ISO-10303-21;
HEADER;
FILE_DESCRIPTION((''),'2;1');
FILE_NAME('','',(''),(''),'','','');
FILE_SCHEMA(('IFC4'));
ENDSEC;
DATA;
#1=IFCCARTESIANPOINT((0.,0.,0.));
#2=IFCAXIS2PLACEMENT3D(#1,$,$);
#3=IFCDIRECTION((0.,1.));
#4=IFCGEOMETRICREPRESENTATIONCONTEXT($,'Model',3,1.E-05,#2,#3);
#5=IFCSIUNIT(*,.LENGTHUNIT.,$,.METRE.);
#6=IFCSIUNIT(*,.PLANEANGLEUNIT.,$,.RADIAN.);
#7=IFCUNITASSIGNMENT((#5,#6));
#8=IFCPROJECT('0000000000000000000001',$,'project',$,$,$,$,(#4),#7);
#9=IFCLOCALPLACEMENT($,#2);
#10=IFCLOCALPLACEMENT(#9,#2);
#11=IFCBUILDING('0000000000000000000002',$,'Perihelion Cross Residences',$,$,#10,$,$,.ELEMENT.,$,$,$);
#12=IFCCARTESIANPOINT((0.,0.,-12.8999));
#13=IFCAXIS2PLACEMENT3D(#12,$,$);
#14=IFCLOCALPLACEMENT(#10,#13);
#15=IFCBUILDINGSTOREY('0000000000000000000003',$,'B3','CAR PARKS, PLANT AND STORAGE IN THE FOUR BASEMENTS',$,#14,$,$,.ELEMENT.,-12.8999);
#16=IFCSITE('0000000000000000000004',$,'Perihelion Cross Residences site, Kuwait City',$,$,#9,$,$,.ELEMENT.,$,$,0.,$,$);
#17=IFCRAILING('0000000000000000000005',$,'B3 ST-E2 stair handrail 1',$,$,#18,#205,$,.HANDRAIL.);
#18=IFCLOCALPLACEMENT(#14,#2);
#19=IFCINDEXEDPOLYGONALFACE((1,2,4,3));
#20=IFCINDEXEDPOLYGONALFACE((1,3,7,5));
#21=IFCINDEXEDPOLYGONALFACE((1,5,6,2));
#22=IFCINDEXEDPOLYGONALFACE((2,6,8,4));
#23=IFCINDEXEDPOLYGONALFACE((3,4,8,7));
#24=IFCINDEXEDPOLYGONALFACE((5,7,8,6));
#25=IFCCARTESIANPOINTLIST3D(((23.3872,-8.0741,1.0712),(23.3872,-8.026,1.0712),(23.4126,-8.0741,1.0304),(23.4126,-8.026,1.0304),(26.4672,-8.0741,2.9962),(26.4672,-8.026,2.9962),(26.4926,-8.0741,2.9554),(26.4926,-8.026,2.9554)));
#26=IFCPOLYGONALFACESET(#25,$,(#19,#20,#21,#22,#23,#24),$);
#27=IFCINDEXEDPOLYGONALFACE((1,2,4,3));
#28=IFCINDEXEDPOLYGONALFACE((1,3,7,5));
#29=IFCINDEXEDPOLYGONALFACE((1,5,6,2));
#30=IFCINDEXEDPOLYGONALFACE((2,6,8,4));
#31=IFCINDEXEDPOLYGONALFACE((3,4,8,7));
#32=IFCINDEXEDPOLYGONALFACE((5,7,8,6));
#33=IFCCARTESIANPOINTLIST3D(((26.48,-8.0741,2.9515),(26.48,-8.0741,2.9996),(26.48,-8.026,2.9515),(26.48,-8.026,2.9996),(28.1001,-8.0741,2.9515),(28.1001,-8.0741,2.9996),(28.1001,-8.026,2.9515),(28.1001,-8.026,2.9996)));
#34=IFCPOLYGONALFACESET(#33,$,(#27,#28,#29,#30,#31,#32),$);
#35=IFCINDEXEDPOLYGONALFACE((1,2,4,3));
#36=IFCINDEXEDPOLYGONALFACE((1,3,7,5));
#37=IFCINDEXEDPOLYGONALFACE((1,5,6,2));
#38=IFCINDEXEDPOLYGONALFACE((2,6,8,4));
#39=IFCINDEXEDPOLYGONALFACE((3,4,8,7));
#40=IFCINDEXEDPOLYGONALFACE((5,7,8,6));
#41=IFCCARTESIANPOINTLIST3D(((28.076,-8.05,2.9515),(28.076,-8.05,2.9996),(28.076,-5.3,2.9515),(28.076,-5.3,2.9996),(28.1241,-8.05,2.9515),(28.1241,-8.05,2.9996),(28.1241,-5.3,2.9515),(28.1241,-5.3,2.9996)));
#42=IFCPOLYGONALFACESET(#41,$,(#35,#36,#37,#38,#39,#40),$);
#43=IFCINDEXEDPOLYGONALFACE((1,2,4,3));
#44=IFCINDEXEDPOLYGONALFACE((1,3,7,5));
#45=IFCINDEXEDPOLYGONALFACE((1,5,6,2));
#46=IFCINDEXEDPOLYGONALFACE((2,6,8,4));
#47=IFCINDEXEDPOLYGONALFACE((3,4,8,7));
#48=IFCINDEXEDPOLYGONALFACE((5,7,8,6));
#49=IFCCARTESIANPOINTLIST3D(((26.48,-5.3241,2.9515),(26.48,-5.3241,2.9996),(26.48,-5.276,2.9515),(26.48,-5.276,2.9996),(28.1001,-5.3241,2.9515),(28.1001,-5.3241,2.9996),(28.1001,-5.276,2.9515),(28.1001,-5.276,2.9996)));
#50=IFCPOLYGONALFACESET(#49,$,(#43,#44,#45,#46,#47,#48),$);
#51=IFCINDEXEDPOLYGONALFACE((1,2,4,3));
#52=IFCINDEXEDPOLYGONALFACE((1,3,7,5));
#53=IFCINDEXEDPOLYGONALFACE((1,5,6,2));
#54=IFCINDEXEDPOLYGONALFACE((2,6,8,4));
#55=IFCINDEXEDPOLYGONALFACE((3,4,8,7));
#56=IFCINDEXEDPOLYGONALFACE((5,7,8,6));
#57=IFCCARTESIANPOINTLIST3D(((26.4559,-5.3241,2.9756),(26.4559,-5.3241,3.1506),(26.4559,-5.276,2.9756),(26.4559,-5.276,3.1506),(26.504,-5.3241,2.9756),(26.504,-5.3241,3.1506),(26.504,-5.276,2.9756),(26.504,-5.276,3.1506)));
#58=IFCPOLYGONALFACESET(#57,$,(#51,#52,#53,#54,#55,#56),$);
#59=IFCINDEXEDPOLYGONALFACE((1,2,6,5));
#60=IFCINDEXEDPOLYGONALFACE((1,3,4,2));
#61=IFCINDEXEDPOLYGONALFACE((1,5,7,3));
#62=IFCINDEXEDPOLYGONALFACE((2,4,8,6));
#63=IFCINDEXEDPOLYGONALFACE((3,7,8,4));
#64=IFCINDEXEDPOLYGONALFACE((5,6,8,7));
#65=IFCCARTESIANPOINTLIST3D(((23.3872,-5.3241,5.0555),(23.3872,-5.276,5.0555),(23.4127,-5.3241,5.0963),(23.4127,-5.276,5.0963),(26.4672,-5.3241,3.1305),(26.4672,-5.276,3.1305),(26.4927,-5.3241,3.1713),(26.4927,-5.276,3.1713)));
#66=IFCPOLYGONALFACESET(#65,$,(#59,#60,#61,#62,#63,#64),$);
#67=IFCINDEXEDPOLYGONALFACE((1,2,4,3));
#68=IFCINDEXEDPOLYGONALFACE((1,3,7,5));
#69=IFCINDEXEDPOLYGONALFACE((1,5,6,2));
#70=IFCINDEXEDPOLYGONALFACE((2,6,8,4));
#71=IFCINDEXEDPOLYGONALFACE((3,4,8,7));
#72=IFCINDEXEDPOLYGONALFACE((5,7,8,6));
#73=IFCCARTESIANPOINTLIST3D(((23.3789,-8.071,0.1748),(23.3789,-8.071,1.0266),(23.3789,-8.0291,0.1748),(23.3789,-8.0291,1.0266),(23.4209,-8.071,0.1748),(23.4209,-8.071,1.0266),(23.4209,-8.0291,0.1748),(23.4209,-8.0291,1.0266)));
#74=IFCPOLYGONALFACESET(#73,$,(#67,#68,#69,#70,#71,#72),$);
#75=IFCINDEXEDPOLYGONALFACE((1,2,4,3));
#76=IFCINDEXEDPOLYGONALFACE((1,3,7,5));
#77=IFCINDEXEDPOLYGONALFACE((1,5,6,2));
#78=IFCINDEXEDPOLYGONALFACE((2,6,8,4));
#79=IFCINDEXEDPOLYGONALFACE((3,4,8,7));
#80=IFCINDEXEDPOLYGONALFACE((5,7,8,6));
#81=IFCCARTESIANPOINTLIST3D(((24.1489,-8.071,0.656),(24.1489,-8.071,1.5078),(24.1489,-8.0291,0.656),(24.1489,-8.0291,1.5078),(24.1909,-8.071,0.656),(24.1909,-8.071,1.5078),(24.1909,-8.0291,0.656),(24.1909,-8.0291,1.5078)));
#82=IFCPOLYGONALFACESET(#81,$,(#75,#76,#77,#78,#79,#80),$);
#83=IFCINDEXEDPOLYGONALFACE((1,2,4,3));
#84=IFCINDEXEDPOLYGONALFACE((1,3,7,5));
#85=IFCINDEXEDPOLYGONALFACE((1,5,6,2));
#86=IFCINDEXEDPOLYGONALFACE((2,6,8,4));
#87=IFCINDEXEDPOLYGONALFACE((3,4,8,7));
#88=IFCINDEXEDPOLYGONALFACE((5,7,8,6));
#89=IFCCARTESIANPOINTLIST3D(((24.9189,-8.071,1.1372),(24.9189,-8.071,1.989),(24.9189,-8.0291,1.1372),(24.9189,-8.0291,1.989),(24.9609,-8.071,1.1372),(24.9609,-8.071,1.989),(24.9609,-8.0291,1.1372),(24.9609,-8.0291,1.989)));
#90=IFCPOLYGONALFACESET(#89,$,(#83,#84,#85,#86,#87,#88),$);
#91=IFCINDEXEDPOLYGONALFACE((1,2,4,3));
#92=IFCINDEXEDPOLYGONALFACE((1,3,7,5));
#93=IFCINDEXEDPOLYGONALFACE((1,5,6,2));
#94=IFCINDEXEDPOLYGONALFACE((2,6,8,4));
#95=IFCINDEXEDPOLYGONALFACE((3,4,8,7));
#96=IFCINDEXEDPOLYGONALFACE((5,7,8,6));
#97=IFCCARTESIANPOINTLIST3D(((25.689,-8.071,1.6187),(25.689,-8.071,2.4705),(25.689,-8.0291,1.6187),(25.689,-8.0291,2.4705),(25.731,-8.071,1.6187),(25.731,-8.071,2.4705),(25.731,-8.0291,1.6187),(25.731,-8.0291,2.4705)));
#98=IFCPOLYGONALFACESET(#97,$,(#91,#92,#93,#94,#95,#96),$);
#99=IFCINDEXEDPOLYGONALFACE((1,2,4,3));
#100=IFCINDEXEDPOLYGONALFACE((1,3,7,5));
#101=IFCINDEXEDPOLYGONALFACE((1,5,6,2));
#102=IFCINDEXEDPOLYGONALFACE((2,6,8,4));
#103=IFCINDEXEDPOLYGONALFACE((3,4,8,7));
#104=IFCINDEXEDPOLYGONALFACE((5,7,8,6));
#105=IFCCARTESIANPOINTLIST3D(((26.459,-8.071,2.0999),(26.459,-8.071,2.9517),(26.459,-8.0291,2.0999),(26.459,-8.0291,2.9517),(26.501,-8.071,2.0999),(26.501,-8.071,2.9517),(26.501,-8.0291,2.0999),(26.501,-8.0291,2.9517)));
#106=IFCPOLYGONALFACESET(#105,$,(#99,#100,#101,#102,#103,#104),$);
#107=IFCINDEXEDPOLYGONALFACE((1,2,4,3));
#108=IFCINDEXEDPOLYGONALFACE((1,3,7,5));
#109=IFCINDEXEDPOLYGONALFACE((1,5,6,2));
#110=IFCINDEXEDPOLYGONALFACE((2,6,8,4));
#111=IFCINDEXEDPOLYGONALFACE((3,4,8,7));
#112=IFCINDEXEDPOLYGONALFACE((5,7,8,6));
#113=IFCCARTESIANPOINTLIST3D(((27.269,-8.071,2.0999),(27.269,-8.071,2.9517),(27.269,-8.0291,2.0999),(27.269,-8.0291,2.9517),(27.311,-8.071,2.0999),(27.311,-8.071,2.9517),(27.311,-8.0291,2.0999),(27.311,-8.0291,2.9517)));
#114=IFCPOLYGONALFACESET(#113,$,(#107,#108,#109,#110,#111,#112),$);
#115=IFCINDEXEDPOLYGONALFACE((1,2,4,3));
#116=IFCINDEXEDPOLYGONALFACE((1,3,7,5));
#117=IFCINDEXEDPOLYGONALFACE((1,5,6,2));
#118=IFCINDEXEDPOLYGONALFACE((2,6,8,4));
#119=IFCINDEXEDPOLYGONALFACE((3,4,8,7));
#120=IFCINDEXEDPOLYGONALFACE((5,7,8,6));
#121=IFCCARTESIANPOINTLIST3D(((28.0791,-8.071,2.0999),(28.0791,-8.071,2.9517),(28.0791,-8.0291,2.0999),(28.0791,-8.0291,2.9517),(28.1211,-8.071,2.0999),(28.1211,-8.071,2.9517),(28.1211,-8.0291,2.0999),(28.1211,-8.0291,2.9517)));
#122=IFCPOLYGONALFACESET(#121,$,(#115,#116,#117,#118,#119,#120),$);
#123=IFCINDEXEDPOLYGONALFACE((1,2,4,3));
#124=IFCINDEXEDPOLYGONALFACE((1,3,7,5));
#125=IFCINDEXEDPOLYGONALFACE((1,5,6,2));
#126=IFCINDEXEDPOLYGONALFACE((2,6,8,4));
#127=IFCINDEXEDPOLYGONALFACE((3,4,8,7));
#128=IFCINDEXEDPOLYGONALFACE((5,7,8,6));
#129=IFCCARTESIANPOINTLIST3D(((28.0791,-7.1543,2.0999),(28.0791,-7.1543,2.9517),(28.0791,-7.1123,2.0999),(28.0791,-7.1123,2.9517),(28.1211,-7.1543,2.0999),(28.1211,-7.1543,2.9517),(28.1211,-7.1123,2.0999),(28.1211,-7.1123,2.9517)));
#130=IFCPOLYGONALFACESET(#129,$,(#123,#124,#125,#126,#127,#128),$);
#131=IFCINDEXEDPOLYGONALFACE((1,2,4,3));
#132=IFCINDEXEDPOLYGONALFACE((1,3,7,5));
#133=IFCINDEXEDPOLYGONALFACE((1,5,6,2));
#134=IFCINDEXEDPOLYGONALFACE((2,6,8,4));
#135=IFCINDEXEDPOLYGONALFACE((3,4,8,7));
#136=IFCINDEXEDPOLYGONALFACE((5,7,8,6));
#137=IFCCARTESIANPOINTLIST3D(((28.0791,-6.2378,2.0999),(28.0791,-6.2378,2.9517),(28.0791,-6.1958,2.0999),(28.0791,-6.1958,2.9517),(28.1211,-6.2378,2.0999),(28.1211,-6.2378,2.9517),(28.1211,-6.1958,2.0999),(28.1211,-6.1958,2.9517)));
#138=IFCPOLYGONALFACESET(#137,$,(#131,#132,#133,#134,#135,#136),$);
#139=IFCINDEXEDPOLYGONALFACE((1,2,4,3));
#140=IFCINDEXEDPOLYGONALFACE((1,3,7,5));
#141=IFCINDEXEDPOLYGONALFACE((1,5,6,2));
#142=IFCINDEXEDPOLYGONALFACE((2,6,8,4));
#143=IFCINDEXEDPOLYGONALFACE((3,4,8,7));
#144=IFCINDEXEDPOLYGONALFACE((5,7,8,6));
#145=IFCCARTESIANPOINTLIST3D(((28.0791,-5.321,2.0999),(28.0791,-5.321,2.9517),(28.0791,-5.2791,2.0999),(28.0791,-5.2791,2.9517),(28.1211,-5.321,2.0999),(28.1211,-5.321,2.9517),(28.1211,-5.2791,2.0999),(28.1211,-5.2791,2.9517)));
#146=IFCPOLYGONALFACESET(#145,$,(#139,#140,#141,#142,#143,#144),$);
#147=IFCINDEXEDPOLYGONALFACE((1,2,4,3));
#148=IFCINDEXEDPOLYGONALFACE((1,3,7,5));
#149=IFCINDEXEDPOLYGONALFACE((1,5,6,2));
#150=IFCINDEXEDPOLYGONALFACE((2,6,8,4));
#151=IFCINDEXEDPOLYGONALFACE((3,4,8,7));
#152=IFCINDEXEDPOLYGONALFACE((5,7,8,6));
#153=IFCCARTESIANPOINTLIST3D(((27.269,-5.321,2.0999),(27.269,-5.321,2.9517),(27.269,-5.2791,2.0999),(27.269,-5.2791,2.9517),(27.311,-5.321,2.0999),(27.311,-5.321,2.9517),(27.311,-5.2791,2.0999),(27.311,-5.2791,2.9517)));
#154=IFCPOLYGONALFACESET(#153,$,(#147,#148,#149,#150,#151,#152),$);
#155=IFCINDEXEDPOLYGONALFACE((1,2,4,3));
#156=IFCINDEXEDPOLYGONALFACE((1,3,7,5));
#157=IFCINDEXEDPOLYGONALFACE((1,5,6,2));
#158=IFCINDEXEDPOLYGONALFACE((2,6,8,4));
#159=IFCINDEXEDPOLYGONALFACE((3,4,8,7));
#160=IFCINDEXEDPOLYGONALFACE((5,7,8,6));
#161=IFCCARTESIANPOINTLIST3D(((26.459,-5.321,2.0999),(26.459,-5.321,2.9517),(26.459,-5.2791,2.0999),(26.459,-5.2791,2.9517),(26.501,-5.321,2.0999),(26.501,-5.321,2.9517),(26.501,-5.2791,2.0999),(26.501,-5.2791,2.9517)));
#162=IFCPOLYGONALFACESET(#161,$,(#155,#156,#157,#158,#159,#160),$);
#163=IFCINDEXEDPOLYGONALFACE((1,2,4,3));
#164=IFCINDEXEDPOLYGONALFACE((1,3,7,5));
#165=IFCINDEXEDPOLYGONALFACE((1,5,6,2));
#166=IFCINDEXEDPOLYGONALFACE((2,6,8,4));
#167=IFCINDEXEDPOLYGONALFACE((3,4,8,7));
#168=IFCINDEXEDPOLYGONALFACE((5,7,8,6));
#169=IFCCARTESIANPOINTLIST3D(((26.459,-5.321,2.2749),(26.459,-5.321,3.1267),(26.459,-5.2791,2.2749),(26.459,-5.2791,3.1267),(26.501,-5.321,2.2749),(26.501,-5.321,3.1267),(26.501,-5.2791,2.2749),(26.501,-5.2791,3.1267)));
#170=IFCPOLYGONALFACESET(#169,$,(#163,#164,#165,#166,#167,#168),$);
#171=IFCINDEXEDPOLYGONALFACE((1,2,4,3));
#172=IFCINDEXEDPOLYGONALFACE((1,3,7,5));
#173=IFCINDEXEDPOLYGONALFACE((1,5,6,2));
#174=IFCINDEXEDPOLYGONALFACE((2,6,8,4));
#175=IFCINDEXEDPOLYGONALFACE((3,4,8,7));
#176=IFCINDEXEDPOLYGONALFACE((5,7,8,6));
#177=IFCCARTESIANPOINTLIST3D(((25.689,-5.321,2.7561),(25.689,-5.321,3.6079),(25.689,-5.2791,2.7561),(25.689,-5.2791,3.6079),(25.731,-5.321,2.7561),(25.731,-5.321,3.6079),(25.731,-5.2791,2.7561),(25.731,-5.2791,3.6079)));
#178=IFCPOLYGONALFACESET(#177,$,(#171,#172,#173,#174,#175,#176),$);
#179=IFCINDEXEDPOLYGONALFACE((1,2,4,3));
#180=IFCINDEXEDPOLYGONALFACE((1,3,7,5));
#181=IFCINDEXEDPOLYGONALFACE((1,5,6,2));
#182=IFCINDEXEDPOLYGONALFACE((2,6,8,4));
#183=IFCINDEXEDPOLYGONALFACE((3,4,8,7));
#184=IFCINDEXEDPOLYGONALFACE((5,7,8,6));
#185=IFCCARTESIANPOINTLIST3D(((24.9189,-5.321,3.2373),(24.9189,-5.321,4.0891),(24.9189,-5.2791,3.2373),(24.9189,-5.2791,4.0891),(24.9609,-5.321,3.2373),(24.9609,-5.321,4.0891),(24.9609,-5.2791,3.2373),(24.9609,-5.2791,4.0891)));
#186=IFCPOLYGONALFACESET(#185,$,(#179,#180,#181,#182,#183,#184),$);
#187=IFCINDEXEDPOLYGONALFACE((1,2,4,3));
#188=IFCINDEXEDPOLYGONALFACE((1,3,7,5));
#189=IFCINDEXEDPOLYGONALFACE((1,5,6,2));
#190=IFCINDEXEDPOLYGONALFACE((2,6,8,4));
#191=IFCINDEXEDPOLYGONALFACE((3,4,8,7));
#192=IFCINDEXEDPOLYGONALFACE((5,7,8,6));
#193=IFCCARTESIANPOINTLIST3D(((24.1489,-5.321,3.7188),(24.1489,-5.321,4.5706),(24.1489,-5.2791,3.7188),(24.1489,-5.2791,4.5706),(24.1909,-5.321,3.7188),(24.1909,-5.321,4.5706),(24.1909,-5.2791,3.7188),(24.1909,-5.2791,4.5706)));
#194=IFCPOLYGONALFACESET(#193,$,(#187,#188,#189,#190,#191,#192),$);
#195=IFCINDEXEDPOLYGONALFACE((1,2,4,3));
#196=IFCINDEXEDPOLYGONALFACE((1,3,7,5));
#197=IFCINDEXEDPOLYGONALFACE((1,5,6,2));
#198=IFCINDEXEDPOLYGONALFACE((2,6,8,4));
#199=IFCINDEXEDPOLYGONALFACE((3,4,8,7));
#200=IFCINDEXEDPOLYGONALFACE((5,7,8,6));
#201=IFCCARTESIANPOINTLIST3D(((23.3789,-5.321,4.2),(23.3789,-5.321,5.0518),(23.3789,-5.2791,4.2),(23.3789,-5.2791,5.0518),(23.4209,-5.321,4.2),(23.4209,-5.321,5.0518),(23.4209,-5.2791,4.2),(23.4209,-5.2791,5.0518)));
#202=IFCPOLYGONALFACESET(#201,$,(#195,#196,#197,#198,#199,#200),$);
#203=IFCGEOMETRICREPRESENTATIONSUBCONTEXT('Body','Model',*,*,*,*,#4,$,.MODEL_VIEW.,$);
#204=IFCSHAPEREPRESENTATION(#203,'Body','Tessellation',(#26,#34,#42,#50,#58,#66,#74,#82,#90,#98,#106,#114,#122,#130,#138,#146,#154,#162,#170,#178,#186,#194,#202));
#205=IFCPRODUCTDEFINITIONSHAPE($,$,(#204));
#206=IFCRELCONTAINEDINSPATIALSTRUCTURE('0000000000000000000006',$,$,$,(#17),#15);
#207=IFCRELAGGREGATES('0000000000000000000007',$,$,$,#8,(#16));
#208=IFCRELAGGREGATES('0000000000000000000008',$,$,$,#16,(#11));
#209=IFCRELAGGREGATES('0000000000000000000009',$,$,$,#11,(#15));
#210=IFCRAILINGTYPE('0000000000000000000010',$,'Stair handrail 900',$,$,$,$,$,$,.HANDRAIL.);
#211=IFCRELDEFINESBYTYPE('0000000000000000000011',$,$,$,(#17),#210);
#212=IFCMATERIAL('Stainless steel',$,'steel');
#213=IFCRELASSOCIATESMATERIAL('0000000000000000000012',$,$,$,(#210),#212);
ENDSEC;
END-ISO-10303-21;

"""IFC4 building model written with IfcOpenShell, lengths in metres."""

from ifc_helpers import new_model, si_unit, direction, frame, origin, origin_2d, place, context, subcontext, project, spatial, rectangle, extrude, material, type_object, element, save


model = new_model("IFC4")

# Units and contexts
model_context = context("Model", 3, precision=1e-05, world=origin(), true_north=direction((0.0, 1.0)))
body_context = subcontext(model_context, "Body", "Model", "MODEL_VIEW")
ifc_project = project(units=[si_unit("LENGTHUNIT", "METRE"), si_unit("PLANEANGLEUNIT", "RADIAN")], contexts=[model_context])

# Site, building, storey
site_placement = place(None, origin())
site = spatial("IfcSite", under=ifc_project, at=site_placement, Name="Perihelion Cross Residences site, Kuwait City", CompositionType="ELEMENT", RefElevation=0.0)
building_placement = place(site_placement, origin())
building = spatial("IfcBuilding", under=site, at=building_placement, Name="Perihelion Cross Residences", CompositionType="ELEMENT")
storey_placement = place(building_placement, frame((0.0, 0.0, -12.8999)))
storey = spatial("IfcBuildingStorey", under=building, at=storey_placement, Name="B3", Description="CAR PARKS, PLANT AND STORAGE IN THE FOUR BASEMENTS", CompositionType="ELEMENT", Elevation=-12.8999)

# Railing
ifc_material_1 = material(Name="Stainless steel", Category="steel")
railing_type_1 = type_object("IfcRailingType", Name="Stair handrail 900", PredefinedType="HANDRAIL", material=ifc_material_1)
railing_1_placement = place(storey_placement, frame((23.3999, -8.05, 0.1748)))
element("IfcRailing", 1, at=railing_1_placement, inside=storey, type_object=railing_type_1, Name="B3 ST-E2 stair handrail 1", PredefinedType="HANDRAIL", context=body_context, shape_type="SweptSolid", body=[
    extrude(rectangle(XDim=0.0481, YDim=0.0481, at=origin_2d()), frame((0.0, 0.0, 0.876), z_axis=(0.847998, 0.0, 0.529999), x_axis=(0.0, 1.0, 0.0)), (0.0, 0.0, 1.0), 3.6321),
    extrude(rectangle(XDim=0.0481, YDim=0.0481, at=origin_2d()), frame((3.0801, 0.0, 2.8008), z_axis=(1.0, 0.0, 0.0), x_axis=(0.0, 1.0, 0.0)), (0.0, 0.0, 1.0), 1.6201),
    extrude(rectangle(XDim=0.0481, YDim=0.0481, at=origin_2d()), frame((4.7002, 0.0, 2.8008), z_axis=(0.0, 1.0, 0.0), x_axis=(-1.0, 0.0, 0.0)), (0.0, 0.0, 1.0), 2.75),
    extrude(rectangle(XDim=0.0481, YDim=0.0481, at=origin_2d()), frame((4.7002, 2.75, 2.8008), z_axis=(-1.0, 0.0, 0.0), x_axis=(0.0, -1.0, 0.0)), (0.0, 0.0, 1.0), 1.6201),
    extrude(rectangle(XDim=0.0481, YDim=0.0481, at=origin_2d()), frame((3.0801, 2.75, 2.8008), z_axis=(0.0, 0.0, 1.0), x_axis=(1.0, 0.0, 0.0)), (0.0, 0.0, 1.0), 0.175),
    extrude(rectangle(XDim=0.0481, YDim=0.0481, at=origin_2d()), frame((3.0801, 2.75, 2.9761), z_axis=(-0.847998, 0.0, 0.529999), x_axis=(0.0, -1.0, 0.0)), (0.0, 0.0, 1.0), 3.6321),
    extrude(rectangle(XDim=0.042, YDim=0.042, at=origin_2d()), origin(), (0.0, 0.0, 1.0), 0.8518),
    extrude(rectangle(XDim=0.042, YDim=0.042, at=origin_2d()), frame((0.77, 0.0, 0.4812)), (0.0, 0.0, 1.0), 0.8518),
    extrude(rectangle(XDim=0.042, YDim=0.042, at=origin_2d()), frame((1.54, 0.0, 0.9624)), (0.0, 0.0, 1.0), 0.8518),
    extrude(rectangle(XDim=0.042, YDim=0.042, at=origin_2d()), frame((2.3101, 0.0, 1.4438)), (0.0, 0.0, 1.0), 0.8518),
    extrude(rectangle(XDim=0.042, YDim=0.042, at=origin_2d()), frame((3.0801, 0.0, 1.925)), (0.0, 0.0, 1.0), 0.8518),
    extrude(rectangle(XDim=0.042, YDim=0.042, at=origin_2d()), frame((3.8901, 0.0, 1.925)), (0.0, 0.0, 1.0), 0.8518),
    extrude(rectangle(XDim=0.042, YDim=0.042, at=origin_2d()), frame((4.7002, 0.0, 1.925)), (0.0, 0.0, 1.0), 0.8518),
    extrude(rectangle(XDim=0.042, YDim=0.042, at=origin_2d()), frame((4.7002, 0.9167, 1.925)), (0.0, 0.0, 1.0), 0.8518),
    extrude(rectangle(XDim=0.042, YDim=0.042, at=origin_2d()), frame((4.7002, 1.8333, 1.925)), (0.0, 0.0, 1.0), 0.8518),
    extrude(rectangle(XDim=0.042, YDim=0.042, at=origin_2d()), frame((4.7002, 2.75, 1.925)), (0.0, 0.0, 1.0), 0.8518),
    extrude(rectangle(XDim=0.042, YDim=0.042, at=origin_2d()), frame((3.8901, 2.75, 1.925)), (0.0, 0.0, 1.0), 0.8518),
    extrude(rectangle(XDim=0.042, YDim=0.042, at=origin_2d()), frame((3.0801, 2.75, 1.925)), (0.0, 0.0, 1.0), 0.8518),
    extrude(rectangle(XDim=0.042, YDim=0.042, at=origin_2d()), frame((3.0801, 2.75, 2.1001)), (0.0, 0.0, 1.0), 0.8518),
    extrude(rectangle(XDim=0.042, YDim=0.042, at=origin_2d()), frame((2.3101, 2.75, 2.5813)), (0.0, 0.0, 1.0), 0.8518),
    extrude(rectangle(XDim=0.042, YDim=0.042, at=origin_2d()), frame((1.54, 2.75, 3.0625)), (0.0, 0.0, 1.0), 0.8518),
    extrude(rectangle(XDim=0.042, YDim=0.042, at=origin_2d()), frame((0.77, 2.75, 3.5439)), (0.0, 0.0, 1.0), 0.8518),
    extrude(rectangle(XDim=0.042, YDim=0.042, at=origin_2d()), frame((0.0, 2.75, 4.0251)), (0.0, 0.0, 1.0), 0.8518),
])

save(model, "model.ifc")
